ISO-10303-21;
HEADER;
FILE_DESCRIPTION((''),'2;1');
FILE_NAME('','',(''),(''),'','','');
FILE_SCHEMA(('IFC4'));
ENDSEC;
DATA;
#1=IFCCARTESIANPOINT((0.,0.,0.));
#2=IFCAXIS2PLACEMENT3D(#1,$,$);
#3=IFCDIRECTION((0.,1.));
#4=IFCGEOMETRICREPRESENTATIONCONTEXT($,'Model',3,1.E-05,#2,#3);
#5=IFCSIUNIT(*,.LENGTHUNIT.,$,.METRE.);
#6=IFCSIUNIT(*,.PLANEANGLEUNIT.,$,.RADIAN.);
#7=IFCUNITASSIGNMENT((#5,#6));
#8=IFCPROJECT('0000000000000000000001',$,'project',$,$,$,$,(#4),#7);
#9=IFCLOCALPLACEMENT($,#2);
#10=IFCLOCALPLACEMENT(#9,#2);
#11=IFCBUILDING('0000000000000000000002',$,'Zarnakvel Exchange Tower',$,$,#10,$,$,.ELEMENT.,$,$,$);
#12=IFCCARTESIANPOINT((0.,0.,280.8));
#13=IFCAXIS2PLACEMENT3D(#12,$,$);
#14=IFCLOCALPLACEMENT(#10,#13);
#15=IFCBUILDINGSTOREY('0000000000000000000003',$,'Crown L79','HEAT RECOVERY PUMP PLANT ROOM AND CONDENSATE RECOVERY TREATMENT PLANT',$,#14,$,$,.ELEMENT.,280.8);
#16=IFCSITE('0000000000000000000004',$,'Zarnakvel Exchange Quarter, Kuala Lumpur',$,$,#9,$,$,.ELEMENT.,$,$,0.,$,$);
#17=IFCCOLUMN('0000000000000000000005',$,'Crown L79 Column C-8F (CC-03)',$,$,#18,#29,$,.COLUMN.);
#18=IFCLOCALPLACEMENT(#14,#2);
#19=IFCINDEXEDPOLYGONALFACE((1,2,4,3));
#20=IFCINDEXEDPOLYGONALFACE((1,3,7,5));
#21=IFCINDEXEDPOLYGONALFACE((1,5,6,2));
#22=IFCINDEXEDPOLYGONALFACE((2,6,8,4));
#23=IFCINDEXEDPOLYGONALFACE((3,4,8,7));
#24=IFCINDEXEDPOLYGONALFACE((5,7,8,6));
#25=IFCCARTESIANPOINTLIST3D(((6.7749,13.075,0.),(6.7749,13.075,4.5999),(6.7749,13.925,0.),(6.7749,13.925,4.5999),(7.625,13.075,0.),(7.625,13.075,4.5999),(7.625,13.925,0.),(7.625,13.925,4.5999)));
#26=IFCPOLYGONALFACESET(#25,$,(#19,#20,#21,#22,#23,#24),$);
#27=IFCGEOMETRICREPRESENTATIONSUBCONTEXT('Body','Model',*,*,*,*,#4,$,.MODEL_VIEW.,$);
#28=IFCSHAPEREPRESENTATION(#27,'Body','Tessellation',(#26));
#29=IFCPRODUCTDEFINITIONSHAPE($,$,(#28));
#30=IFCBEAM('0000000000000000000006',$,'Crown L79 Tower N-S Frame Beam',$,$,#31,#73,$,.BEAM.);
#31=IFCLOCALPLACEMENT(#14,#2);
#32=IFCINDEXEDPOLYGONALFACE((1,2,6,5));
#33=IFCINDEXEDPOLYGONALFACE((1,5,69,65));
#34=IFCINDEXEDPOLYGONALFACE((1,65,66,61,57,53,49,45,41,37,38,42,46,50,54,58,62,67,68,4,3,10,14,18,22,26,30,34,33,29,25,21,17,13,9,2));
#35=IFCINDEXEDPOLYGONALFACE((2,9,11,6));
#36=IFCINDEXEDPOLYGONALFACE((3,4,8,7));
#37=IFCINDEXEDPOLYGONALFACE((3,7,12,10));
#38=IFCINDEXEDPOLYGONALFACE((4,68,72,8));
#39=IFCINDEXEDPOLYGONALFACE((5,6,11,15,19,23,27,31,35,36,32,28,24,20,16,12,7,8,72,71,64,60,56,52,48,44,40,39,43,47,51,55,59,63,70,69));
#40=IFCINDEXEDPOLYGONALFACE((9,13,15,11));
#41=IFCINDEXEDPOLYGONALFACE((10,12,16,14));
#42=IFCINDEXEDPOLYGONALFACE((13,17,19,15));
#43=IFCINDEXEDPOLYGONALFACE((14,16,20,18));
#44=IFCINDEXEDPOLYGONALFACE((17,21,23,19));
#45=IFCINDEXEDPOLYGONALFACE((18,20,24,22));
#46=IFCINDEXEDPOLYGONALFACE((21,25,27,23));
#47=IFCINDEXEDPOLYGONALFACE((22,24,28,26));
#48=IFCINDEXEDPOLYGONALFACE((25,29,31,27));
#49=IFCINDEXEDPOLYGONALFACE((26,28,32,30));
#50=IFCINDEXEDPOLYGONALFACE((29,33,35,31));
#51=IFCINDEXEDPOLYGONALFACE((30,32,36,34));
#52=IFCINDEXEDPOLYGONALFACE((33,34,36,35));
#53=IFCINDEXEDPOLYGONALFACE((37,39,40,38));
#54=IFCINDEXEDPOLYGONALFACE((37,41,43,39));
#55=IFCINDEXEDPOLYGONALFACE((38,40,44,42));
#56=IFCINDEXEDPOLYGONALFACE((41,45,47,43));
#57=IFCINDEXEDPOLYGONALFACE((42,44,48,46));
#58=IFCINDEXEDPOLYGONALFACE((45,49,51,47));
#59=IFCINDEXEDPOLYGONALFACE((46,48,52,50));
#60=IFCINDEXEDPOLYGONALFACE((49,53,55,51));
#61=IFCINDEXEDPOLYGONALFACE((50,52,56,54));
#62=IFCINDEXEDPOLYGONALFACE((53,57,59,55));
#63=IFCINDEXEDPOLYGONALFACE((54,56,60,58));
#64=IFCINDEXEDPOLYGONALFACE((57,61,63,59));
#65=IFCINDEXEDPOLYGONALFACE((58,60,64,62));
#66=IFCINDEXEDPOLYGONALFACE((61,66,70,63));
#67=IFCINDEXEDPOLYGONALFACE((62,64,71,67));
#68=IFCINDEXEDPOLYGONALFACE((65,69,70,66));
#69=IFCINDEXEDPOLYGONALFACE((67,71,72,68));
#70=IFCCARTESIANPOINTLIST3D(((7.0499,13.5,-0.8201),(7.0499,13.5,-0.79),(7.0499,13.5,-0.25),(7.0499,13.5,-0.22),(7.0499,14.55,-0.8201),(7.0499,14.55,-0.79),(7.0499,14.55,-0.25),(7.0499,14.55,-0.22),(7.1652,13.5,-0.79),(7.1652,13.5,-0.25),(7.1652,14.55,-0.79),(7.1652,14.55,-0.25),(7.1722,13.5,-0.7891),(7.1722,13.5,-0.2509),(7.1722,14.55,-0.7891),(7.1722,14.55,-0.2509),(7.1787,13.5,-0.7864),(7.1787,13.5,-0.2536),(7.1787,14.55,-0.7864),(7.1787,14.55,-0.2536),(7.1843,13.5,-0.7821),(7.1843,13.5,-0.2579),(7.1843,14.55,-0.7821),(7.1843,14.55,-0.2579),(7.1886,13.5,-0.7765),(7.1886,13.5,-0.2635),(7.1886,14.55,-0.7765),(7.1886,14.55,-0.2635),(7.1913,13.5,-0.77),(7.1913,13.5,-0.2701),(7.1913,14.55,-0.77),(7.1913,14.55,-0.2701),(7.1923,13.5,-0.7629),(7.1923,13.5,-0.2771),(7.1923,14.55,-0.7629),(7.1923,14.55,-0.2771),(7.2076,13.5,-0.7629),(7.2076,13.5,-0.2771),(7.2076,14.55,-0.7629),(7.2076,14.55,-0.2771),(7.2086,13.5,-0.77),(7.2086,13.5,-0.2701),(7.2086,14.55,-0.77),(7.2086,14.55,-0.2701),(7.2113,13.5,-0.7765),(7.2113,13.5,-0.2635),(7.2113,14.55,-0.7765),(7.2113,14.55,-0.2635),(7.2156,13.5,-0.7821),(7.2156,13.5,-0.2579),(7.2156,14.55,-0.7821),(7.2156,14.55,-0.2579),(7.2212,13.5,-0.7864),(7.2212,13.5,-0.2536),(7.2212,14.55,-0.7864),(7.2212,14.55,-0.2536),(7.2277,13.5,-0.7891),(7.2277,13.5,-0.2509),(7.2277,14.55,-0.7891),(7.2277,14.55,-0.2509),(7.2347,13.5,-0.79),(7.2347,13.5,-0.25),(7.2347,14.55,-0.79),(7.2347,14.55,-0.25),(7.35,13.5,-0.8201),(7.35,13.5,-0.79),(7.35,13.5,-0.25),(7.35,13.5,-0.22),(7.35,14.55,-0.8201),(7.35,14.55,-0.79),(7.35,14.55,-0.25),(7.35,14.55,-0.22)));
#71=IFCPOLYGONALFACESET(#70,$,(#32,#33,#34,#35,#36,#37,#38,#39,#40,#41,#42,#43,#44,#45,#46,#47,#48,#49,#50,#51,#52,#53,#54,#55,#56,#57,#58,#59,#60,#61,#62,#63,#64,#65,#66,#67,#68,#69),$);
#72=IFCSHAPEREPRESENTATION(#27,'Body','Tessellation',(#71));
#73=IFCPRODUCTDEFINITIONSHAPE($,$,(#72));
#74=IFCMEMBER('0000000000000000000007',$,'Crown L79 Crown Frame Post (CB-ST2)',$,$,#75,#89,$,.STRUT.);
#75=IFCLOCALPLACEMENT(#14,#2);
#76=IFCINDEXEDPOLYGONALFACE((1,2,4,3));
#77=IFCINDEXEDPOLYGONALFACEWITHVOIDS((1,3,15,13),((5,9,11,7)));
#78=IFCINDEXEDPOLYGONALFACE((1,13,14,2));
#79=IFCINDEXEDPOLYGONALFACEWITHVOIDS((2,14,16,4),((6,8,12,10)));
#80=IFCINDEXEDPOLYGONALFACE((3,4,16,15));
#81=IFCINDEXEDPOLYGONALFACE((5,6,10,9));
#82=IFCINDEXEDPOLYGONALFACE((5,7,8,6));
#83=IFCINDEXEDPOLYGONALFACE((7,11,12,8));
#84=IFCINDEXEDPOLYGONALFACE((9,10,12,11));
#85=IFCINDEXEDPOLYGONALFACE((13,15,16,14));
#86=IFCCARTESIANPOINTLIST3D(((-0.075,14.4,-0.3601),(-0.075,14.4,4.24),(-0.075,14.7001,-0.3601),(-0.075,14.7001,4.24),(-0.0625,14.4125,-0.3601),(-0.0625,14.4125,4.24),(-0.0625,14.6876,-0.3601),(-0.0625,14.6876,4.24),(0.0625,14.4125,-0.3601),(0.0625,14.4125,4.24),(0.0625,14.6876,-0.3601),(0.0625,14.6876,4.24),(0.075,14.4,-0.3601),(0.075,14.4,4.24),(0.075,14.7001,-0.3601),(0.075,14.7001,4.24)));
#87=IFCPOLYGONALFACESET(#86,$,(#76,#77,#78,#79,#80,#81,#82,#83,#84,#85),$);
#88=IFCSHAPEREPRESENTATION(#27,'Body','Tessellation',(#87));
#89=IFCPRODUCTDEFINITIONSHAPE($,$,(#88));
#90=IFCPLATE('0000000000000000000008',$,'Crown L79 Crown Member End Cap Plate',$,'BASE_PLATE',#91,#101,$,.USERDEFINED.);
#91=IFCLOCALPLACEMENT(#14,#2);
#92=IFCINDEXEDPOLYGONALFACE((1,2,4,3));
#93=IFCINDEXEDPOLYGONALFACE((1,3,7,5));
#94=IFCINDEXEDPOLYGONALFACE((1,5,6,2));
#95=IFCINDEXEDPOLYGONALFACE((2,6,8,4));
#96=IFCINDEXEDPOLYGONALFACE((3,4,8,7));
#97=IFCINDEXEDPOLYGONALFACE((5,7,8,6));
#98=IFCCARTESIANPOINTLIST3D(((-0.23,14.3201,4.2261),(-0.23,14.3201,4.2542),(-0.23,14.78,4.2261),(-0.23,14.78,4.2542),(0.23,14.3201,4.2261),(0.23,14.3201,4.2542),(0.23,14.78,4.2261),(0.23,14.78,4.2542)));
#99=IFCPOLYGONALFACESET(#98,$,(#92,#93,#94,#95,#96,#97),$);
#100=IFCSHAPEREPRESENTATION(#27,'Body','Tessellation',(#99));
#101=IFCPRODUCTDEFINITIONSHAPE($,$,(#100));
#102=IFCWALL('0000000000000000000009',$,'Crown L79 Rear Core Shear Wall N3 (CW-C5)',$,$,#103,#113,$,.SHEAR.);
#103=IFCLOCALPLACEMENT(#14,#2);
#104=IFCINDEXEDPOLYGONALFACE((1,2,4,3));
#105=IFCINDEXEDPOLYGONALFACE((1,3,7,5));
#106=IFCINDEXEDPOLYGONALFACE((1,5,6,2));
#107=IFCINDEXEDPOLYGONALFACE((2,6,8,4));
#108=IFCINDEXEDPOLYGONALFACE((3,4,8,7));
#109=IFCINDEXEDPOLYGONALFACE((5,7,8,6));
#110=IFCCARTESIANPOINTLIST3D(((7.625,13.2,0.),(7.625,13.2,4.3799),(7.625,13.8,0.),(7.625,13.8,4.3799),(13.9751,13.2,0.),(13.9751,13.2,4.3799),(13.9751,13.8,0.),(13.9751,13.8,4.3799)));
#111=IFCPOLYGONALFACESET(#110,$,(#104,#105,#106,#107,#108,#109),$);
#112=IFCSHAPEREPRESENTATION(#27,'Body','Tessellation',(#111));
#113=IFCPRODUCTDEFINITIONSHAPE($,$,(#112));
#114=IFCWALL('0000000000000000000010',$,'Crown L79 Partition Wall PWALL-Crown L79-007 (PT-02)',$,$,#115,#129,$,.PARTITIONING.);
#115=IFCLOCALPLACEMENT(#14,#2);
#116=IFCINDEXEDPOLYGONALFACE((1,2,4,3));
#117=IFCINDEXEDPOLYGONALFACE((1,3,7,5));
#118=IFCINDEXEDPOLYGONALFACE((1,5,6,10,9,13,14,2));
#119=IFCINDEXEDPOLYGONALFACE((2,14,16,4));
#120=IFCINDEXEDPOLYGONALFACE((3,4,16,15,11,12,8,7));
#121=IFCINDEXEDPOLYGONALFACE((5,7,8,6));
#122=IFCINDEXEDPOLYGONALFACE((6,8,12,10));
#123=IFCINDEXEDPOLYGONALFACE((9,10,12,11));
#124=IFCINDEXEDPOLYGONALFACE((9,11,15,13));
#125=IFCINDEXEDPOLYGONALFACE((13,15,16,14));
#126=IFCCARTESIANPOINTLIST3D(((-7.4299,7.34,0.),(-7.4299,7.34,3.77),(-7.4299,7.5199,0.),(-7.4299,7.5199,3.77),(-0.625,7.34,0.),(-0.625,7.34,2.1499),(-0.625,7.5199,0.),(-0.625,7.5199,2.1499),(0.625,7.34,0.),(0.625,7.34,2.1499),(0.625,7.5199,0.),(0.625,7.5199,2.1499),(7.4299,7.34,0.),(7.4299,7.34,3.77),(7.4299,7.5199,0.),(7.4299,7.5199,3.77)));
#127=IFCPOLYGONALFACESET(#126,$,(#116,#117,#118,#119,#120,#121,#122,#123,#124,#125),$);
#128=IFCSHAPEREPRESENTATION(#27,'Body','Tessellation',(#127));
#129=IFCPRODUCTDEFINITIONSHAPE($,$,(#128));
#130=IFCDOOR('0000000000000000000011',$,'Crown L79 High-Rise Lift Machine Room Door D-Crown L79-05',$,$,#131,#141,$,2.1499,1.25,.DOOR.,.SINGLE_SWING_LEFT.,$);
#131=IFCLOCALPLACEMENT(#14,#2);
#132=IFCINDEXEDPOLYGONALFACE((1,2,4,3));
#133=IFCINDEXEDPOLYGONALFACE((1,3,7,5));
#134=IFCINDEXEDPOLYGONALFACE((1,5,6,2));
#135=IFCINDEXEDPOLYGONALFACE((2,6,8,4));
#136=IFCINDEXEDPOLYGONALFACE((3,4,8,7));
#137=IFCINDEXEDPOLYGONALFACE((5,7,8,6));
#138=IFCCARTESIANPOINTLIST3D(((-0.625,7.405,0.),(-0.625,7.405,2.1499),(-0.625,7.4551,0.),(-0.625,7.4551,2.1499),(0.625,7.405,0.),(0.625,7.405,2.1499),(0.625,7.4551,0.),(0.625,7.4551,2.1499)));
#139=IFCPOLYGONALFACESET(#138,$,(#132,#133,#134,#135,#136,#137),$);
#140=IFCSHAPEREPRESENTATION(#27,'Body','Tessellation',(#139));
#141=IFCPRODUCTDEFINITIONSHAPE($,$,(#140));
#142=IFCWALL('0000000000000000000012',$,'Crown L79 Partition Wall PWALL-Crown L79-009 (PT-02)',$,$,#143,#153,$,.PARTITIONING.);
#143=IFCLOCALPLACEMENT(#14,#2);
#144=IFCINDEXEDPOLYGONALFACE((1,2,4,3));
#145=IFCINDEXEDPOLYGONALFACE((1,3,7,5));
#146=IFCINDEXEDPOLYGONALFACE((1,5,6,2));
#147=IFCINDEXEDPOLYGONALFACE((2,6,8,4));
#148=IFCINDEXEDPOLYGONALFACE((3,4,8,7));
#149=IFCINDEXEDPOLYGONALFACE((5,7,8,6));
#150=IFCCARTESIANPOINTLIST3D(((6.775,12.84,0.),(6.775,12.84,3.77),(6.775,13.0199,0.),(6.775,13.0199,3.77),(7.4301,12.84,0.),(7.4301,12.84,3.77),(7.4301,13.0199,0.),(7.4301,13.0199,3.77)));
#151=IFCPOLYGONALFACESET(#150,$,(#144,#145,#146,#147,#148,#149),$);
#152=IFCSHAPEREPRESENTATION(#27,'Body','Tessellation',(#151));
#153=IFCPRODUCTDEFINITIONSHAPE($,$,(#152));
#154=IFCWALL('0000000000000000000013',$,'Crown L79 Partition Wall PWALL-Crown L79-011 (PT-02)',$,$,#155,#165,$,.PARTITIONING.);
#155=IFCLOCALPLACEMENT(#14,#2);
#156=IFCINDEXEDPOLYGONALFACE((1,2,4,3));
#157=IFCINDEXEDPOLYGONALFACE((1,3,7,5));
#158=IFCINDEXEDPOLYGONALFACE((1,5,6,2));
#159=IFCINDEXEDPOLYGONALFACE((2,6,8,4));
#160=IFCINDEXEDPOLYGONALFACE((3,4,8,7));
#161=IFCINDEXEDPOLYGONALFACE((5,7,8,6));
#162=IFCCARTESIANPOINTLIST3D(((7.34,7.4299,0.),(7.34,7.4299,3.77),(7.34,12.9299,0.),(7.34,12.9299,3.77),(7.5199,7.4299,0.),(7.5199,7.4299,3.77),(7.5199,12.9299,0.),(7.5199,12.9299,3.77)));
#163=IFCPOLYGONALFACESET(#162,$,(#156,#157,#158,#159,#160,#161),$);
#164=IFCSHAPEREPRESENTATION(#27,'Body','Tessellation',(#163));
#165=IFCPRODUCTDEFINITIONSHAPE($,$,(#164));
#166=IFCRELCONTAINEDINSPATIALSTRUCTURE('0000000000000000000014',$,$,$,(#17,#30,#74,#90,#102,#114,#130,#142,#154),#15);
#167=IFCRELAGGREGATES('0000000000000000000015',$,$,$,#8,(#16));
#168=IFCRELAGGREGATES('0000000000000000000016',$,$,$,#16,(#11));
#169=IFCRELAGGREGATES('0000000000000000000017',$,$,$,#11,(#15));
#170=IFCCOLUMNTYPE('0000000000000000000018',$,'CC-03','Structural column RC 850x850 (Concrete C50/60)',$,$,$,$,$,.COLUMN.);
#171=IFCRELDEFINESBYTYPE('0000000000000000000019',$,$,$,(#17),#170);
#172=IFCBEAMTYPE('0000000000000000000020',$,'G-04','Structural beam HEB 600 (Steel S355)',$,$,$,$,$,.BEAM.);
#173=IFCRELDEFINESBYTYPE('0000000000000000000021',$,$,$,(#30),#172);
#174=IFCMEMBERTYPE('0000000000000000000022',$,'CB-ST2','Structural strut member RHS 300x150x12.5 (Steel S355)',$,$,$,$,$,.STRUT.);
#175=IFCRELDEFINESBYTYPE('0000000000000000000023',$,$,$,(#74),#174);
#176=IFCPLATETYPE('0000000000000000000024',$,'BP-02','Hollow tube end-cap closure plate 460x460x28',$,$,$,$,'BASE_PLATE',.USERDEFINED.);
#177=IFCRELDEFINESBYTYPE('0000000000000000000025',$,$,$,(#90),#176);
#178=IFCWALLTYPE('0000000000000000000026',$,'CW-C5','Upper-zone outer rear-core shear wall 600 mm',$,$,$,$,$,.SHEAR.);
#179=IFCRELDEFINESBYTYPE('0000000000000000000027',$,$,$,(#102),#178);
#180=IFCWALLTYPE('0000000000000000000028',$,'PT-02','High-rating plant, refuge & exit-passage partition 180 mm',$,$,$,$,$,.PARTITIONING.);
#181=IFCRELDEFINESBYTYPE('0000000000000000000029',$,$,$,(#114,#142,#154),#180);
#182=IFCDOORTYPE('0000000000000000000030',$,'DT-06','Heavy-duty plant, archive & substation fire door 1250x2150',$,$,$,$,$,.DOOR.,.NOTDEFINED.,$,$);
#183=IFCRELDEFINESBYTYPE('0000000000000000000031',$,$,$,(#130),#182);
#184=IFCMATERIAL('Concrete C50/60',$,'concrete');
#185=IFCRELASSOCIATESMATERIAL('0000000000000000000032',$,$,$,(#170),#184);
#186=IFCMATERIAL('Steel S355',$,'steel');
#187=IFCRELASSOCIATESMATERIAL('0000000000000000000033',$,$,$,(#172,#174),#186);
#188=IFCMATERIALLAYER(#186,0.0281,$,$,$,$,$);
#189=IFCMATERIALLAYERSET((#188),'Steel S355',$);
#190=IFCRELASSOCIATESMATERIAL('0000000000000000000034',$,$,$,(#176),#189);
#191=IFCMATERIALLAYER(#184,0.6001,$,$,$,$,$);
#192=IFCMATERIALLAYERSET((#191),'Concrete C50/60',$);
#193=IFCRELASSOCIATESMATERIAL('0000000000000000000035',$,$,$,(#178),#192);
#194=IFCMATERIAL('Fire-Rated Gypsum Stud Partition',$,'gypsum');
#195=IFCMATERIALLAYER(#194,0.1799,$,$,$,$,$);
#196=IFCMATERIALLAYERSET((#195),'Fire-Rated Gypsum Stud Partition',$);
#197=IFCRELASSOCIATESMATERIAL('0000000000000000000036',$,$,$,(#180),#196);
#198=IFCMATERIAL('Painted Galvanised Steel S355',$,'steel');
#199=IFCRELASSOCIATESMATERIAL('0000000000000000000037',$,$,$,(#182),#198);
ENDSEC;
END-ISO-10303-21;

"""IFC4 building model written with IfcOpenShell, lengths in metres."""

from ifc_helpers import new_model, si_unit, direction, frame, frame_2d, origin, origin_2d, place, context, subcontext, project, spatial, rectangle, hollow_rectangle, i_section, extrude, source, transform, mapped, material, layer, layer_set, material_profile, profile_set, type_object, element, fill, save


model = new_model("IFC4")

# Units and contexts
model_context = context("Model", 3, precision=1e-05, world=origin(), true_north=direction((0.0, 1.0)))
body_context = subcontext(model_context, "Body", "Model", "MODEL_VIEW")
ifc_project = project(units=[si_unit("LENGTHUNIT", "METRE"), si_unit("PLANEANGLEUNIT", "RADIAN")], contexts=[model_context])

# Site, building, storey
site_placement = place(None, origin())
site = spatial("IfcSite", under=ifc_project, at=site_placement, Name="Zarnakvel Exchange Quarter, Kuala Lumpur", CompositionType="ELEMENT", RefElevation=0.0)
building_placement = place(site_placement, origin())
building = spatial("IfcBuilding", under=site, at=building_placement, Name="Zarnakvel Exchange Tower", CompositionType="ELEMENT")
storey_placement = place(building_placement, frame((0.0, 0.0, 280.8)))
storey = spatial("IfcBuildingStorey", under=building, at=storey_placement, Name="Crown L79", Description="HEAT RECOVERY PUMP PLANT ROOM AND CONDENSATE RECOVERY TREATMENT PLANT", CompositionType="ELEMENT", Elevation=280.8)

# Column
ifc_material_1 = material(Name="Concrete C50/60", Category="concrete")
ifc_material_profile_1 = material_profile(ifc_material_1, rectangle(XDim=0.8501, YDim=0.8501, at=origin_2d()))
ifc_profile_set_1 = profile_set([ifc_material_profile_1], Name="Concrete C50/60")
column_type = type_object("IfcColumnType", Name="CC-03", Description="Structural column RC 850x850 (Concrete C50/60)", PredefinedType="COLUMN", material=ifc_profile_set_1)
column_placement = place(storey_placement, frame((7.2, 13.5, 0.0), z_axis=(0.0, 0.0, 1.0), x_axis=(1.0, 0.0, 0.0)))
element("IfcColumn", 1, at=column_placement, inside=storey, type_object=column_type, Name="Crown L79 Column C-8F (CC-03)", PredefinedType="COLUMN", context=body_context, shape_type="SweptSolid", body=[
    extrude(rectangle(XDim=0.8501, YDim=0.8501, at=origin_2d()), origin(), (0.0, 0.0, 1.0), 4.5999),
])

# Beam
ifc_material_2 = material(Name="Steel S355", Category="steel")
ifc_material_profile_2 = material_profile(ifc_material_2, i_section(OverallWidth=0.3, OverallDepth=0.6001, WebThickness=0.0154, FlangeThickness=0.03, FilletRadius=0.0271, at=origin_2d()))
ifc_profile_set_2 = profile_set([ifc_material_profile_2], Name="Steel S355")
beam_type = type_object("IfcBeamType", Name="G-04", Description="Structural beam HEB 600 (Steel S355)", PredefinedType="BEAM", material=ifc_profile_set_2)
beam_placement = place(storey_placement, frame((7.2, 13.5, -0.52), z_axis=(0.0, 1.0, 0.0), x_axis=(-1.0, 0.0, 0.0)))
element("IfcBeam", 2, at=beam_placement, inside=storey, type_object=beam_type, Name="Crown L79 Tower N-S Frame Beam", PredefinedType="BEAM", context=body_context, shape_type="SweptSolid", body=[
    extrude(i_section(OverallWidth=0.3, OverallDepth=0.6001, WebThickness=0.0154, FlangeThickness=0.03, FilletRadius=0.0271, at=origin_2d()), origin(), (0.0, 0.0, 1.0), 1.05),
])

# Member
ifc_material_profile_3 = material_profile(ifc_material_2, hollow_rectangle(XDim=0.1499, YDim=0.3, WallThickness=0.0125, at=origin_2d()))
ifc_profile_set_3 = profile_set([ifc_material_profile_3], Name="Steel S355")
member_type = type_object("IfcMemberType", Name="CB-ST2", Description="Structural strut member RHS 300x150x12.5 (Steel S355)", PredefinedType="STRUT", material=ifc_profile_set_3)
shared_shape_1 = source(origin(), body_context, "Body", "SweptSolid", [
    extrude(hollow_rectangle(XDim=0.1499, YDim=0.3, WallThickness=0.0125, at=origin_2d()), origin(), (0.0, 0.0, 1.0), 4.6001),
])
member_placement = place(storey_placement, frame((0.0, 14.55, -0.3601), z_axis=(0.0, 0.0, 1.0), x_axis=(1.0, 0.0, 0.0)))
element("IfcMember", 3, at=member_placement, inside=storey, type_object=member_type, Name="Crown L79 Crown Frame Post (CB-ST2)", PredefinedType="STRUT", context=body_context, shape_type="MappedRepresentation", body=[
    mapped(shared_shape_1, transform((0.0, 0.0, 0.0), x_axis=(1.0, 0.0, 0.0), y_axis=(0.0, 1.0, 0.0), z_axis=(0.0, 0.0, 1.0), scale=1.0)),
])

# Plate
ifc_layer_1 = layer(ifc_material_2, 0.0281)
ifc_layer_set_1 = layer_set([ifc_layer_1], Name="Steel S355")
plate_type = type_object("IfcPlateType", Name="BP-02", Description="Hollow tube end-cap closure plate 460x460x28", ElementType="BASE_PLATE", PredefinedType="USERDEFINED", material=ifc_layer_set_1)
shared_shape_2 = source(origin(), body_context, "Body", "SweptSolid", [
    extrude(rectangle(XDim=0.46, YDim=0.46, at=origin_2d()), origin(), (0.0, 0.0, 1.0), 0.0281),
])
plate_placement = place(storey_placement, frame((0.0, 14.55, 4.2261), z_axis=(0.0, 0.0, 1.0), x_axis=(1.0, 0.0, 0.0)))
element("IfcPlate", 4, at=plate_placement, inside=storey, type_object=plate_type, Name="Crown L79 Crown Member End Cap Plate", ObjectType="BASE_PLATE", PredefinedType="USERDEFINED", context=body_context, shape_type="MappedRepresentation", body=[
    mapped(shared_shape_2, transform((0.0, 0.0, 0.0), x_axis=(1.0, 0.0, 0.0), y_axis=(0.0, 1.0, 0.0), z_axis=(0.0, 0.0, 1.0), scale=1.0)),
])

# Wall
ifc_layer_2 = layer(ifc_material_1, 0.6001)
ifc_layer_set_2 = layer_set([ifc_layer_2], Name="Concrete C50/60")
wall_type_1 = type_object("IfcWallType", Name="CW-C5", Description="Upper-zone outer rear-core shear wall 600 mm", PredefinedType="SHEAR", material=ifc_layer_set_2)
wall_1_placement = place(storey_placement, frame((7.625, 13.5, 0.0), z_axis=(0.0, 0.0, 1.0), x_axis=(1.0, 0.0, 0.0)))
element("IfcWall", 5, at=wall_1_placement, inside=storey, type_object=wall_type_1, Name="Crown L79 Rear Core Shear Wall N3 (CW-C5)", PredefinedType="SHEAR", context=body_context, shape_type="SweptSolid", body=[
    extrude(rectangle(XDim=6.3501, YDim=0.6001, at=frame_2d((3.175, 0.0))), origin(), (0.0, 0.0, 1.0), 4.3799),
])

# Wall, opening, door
ifc_material_3 = material(Name="Fire-Rated Gypsum Stud Partition", Category="gypsum")
ifc_layer_3 = layer(ifc_material_3, 0.1799)
ifc_layer_set_3 = layer_set([ifc_layer_3], Name="Fire-Rated Gypsum Stud Partition")
wall_type_2 = type_object("IfcWallType", Name="PT-02", Description="High-rating plant, refuge & exit-passage partition 180 mm", PredefinedType="PARTITIONING", material=ifc_layer_set_3)
wall_2_placement = place(storey_placement, frame((7.4299, 7.4299, 0.0), z_axis=(0.0, 0.0, 1.0), x_axis=(-1.0, 0.0, 0.0)))
wall_2 = element("IfcWall", 6, at=wall_2_placement, inside=storey, type_object=wall_type_2, Name="Crown L79 Partition Wall PWALL-Crown L79-007 (PT-02)", PredefinedType="PARTITIONING", context=body_context, shape_type="SweptSolid", body=[
    extrude(rectangle(XDim=14.8599, YDim=0.1799, at=frame_2d((7.4299, 0.0))), origin(), (0.0, 0.0, 1.0), 3.77),
])
opening_1_placement = place(wall_2_placement, frame((6.8049, 0.0, 0.0)))
opening_1 = element("IfcOpeningElement", 7, at=opening_1_placement, cuts=wall_2, PredefinedType="OPENING", context=body_context, shape_type="SweptSolid", body=[
    extrude(rectangle(XDim=1.25, YDim=2.1499, at=frame_2d((0.625, 1.075))), frame((0.0, 0.0999, 0.0), z_axis=(0.0, -1.0, 0.0), x_axis=(1.0, 0.0, 0.0)), (0.0, 0.0, 1.0), 0.2),
])
ifc_material_4 = material(Name="Painted Galvanised Steel S355", Category="steel")
door_type_1 = type_object("IfcDoorType", Name="DT-06", Description="Heavy-duty plant, archive & substation fire door 1250x2150", OperationType="NOTDEFINED", PredefinedType="DOOR", material=ifc_material_4)
shared_shape_3 = source(origin(), body_context, "Body", "SweptSolid", [
    extrude(rectangle(XDim=1.25, YDim=2.1499, at=frame_2d((0.625, 1.075))), frame((0.0, 0.0249, 0.0), z_axis=(0.0, -1.0, 0.0), x_axis=(1.0, 0.0, 0.0)), (0.0, 0.0, 1.0), 0.05),
])
door_1_placement = place(opening_1_placement, origin())
door_1 = element("IfcDoor", 8, at=door_1_placement, inside=storey, type_object=door_type_1, Name="Crown L79 High-Rise Lift Machine Room Door D-Crown L79-05", OperationType="SINGLE_SWING_LEFT", OverallHeight=2.1499, OverallWidth=1.25, PredefinedType="DOOR", context=body_context, shape_type="MappedRepresentation", body=[
    mapped(shared_shape_3, transform((0.0, 0.0, 0.0), x_axis=(1.0, 0.0, 0.0), y_axis=(0.0, 1.0, 0.0), z_axis=(0.0, 0.0, 1.0), scale=1.0)),
])
fill(opening_1, door_1)

# Walls
wall_3_placement = place(storey_placement, frame((6.7749, 12.9299, 0.0), z_axis=(0.0, 0.0, 1.0), x_axis=(1.0, 0.0, 0.0)))
element("IfcWall", 9, at=wall_3_placement, inside=storey, type_object=wall_type_2, Name="Crown L79 Partition Wall PWALL-Crown L79-009 (PT-02)", PredefinedType="PARTITIONING", context=body_context, shape_type="SweptSolid", body=[
    extrude(rectangle(XDim=0.655, YDim=0.1799, at=frame_2d((0.3276, 0.0))), origin(), (0.0, 0.0, 1.0), 3.77),
])
wall_4_placement = place(storey_placement, frame((7.4299, 12.9299, 0.0), z_axis=(0.0, 0.0, 1.0), x_axis=(0.0, -1.0, 0.0)))
element("IfcWall", 10, at=wall_4_placement, inside=storey, type_object=wall_type_2, Name="Crown L79 Partition Wall PWALL-Crown L79-011 (PT-02)", PredefinedType="PARTITIONING", context=body_context, shape_type="SweptSolid", body=[
    extrude(rectangle(XDim=5.5, YDim=0.1799, at=frame_2d((2.75, 0.0))), origin(), (0.0, 0.0, 1.0), 3.77),
])

save(model, "model.ifc")
